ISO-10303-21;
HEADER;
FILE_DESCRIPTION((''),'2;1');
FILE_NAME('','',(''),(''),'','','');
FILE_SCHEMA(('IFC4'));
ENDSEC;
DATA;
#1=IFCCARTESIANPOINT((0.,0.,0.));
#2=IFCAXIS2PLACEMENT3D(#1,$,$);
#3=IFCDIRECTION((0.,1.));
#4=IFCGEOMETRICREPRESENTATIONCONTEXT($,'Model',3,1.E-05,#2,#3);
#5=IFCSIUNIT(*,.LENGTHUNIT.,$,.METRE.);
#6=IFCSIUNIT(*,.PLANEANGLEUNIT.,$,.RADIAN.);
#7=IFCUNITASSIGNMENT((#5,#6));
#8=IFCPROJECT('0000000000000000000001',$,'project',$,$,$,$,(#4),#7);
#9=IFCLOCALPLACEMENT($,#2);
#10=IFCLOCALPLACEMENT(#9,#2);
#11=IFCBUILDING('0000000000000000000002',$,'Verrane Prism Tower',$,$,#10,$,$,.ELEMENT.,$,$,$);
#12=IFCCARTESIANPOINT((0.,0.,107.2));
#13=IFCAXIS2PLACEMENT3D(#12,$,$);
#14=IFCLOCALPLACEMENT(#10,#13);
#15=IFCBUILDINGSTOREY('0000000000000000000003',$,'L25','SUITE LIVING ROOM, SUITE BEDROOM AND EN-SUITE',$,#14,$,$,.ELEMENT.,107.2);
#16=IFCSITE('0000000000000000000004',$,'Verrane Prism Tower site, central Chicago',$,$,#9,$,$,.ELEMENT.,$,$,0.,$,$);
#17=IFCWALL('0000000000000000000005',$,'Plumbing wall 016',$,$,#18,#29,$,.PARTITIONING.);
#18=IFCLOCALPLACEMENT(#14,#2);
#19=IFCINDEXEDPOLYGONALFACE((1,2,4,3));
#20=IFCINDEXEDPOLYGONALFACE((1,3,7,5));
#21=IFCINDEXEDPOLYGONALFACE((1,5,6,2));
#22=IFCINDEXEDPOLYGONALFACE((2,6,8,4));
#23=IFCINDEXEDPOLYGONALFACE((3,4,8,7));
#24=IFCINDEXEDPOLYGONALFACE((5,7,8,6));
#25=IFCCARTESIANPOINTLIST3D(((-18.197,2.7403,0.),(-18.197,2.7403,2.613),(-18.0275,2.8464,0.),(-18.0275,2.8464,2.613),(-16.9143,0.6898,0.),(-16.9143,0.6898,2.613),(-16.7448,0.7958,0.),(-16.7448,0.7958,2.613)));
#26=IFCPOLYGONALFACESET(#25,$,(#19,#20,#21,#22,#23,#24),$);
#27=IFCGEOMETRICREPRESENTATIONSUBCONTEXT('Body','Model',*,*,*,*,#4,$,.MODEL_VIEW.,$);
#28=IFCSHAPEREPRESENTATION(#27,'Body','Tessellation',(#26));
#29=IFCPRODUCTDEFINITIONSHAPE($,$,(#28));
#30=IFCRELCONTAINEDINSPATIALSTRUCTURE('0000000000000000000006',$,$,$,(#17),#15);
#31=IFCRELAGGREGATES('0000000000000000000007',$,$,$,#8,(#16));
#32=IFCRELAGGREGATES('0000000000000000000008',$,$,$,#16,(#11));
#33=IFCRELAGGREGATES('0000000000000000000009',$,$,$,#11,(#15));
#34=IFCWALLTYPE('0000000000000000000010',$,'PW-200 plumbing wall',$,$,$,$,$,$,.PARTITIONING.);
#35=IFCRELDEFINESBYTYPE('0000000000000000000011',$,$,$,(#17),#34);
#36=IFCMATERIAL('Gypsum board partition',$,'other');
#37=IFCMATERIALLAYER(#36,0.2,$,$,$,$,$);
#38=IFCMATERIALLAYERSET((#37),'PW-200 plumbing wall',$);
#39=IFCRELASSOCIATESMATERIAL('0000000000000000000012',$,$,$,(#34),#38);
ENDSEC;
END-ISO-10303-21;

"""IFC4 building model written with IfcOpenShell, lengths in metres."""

from ifc_helpers import new_model, si_unit, direction, frame, frame_2d, origin, place, context, subcontext, project, spatial, rectangle, extrude, material, layer, layer_set, type_object, element, save


model = new_model("IFC4")

# Units and contexts
model_context = context("Model", 3, precision=1e-05, world=origin(), true_north=direction((0.0, 1.0)))
body_context = subcontext(model_context, "Body", "Model", "MODEL_VIEW")
ifc_project = project(units=[si_unit("LENGTHUNIT", "METRE"), si_unit("PLANEANGLEUNIT", "RADIAN")], contexts=[model_context])

# Site, building, storey
site_placement = place(None, origin())
site = spatial("IfcSite", under=ifc_project, at=site_placement, Name="Verrane Prism Tower site, central Chicago", CompositionType="ELEMENT", RefElevation=0.0)
building_placement = place(site_placement, origin())
building = spatial("IfcBuilding", under=site, at=building_placement, Name="Verrane Prism Tower", CompositionType="ELEMENT")
storey_placement = place(building_placement, frame((0.0, 0.0, 107.2)))
storey = spatial("IfcBuildingStorey", under=building, at=storey_placement, Name="L25", Description="SUITE LIVING ROOM, SUITE BEDROOM AND EN-SUITE", CompositionType="ELEMENT", Elevation=107.2)

# Shared definitions
ifc_material_1 = material(Name="Gypsum board partition", Category="other")
ifc_layer_1 = layer(ifc_material_1, 0.2)
ifc_layer_set_1 = layer_set([ifc_layer_1], Name="PW-200 plumbing wall")
wall_type_1 = type_object("IfcWallType", Name="PW-200 plumbing wall", PredefinedType="PARTITIONING", material=ifc_layer_set_1)

# Wall
wall_1_placement = place(storey_placement, frame((-18.1123, 2.7935, 0.0), z_axis=(0.0, 0.0, 1.0), x_axis=(0.530335, -0.847788, 0.0)))
element("IfcWall", 1, at=wall_1_placement, inside=storey, type_object=wall_type_1, Name="Plumbing wall 016", PredefinedType="PARTITIONING", context=body_context, shape_type="SweptSolid", body=[
    extrude(rectangle(XDim=2.4187, YDim=0.2, at=frame_2d((1.2095, 0.0))), origin(), (0.0, 0.0, 1.0), 2.613),
])

save(model, "model.ifc")
